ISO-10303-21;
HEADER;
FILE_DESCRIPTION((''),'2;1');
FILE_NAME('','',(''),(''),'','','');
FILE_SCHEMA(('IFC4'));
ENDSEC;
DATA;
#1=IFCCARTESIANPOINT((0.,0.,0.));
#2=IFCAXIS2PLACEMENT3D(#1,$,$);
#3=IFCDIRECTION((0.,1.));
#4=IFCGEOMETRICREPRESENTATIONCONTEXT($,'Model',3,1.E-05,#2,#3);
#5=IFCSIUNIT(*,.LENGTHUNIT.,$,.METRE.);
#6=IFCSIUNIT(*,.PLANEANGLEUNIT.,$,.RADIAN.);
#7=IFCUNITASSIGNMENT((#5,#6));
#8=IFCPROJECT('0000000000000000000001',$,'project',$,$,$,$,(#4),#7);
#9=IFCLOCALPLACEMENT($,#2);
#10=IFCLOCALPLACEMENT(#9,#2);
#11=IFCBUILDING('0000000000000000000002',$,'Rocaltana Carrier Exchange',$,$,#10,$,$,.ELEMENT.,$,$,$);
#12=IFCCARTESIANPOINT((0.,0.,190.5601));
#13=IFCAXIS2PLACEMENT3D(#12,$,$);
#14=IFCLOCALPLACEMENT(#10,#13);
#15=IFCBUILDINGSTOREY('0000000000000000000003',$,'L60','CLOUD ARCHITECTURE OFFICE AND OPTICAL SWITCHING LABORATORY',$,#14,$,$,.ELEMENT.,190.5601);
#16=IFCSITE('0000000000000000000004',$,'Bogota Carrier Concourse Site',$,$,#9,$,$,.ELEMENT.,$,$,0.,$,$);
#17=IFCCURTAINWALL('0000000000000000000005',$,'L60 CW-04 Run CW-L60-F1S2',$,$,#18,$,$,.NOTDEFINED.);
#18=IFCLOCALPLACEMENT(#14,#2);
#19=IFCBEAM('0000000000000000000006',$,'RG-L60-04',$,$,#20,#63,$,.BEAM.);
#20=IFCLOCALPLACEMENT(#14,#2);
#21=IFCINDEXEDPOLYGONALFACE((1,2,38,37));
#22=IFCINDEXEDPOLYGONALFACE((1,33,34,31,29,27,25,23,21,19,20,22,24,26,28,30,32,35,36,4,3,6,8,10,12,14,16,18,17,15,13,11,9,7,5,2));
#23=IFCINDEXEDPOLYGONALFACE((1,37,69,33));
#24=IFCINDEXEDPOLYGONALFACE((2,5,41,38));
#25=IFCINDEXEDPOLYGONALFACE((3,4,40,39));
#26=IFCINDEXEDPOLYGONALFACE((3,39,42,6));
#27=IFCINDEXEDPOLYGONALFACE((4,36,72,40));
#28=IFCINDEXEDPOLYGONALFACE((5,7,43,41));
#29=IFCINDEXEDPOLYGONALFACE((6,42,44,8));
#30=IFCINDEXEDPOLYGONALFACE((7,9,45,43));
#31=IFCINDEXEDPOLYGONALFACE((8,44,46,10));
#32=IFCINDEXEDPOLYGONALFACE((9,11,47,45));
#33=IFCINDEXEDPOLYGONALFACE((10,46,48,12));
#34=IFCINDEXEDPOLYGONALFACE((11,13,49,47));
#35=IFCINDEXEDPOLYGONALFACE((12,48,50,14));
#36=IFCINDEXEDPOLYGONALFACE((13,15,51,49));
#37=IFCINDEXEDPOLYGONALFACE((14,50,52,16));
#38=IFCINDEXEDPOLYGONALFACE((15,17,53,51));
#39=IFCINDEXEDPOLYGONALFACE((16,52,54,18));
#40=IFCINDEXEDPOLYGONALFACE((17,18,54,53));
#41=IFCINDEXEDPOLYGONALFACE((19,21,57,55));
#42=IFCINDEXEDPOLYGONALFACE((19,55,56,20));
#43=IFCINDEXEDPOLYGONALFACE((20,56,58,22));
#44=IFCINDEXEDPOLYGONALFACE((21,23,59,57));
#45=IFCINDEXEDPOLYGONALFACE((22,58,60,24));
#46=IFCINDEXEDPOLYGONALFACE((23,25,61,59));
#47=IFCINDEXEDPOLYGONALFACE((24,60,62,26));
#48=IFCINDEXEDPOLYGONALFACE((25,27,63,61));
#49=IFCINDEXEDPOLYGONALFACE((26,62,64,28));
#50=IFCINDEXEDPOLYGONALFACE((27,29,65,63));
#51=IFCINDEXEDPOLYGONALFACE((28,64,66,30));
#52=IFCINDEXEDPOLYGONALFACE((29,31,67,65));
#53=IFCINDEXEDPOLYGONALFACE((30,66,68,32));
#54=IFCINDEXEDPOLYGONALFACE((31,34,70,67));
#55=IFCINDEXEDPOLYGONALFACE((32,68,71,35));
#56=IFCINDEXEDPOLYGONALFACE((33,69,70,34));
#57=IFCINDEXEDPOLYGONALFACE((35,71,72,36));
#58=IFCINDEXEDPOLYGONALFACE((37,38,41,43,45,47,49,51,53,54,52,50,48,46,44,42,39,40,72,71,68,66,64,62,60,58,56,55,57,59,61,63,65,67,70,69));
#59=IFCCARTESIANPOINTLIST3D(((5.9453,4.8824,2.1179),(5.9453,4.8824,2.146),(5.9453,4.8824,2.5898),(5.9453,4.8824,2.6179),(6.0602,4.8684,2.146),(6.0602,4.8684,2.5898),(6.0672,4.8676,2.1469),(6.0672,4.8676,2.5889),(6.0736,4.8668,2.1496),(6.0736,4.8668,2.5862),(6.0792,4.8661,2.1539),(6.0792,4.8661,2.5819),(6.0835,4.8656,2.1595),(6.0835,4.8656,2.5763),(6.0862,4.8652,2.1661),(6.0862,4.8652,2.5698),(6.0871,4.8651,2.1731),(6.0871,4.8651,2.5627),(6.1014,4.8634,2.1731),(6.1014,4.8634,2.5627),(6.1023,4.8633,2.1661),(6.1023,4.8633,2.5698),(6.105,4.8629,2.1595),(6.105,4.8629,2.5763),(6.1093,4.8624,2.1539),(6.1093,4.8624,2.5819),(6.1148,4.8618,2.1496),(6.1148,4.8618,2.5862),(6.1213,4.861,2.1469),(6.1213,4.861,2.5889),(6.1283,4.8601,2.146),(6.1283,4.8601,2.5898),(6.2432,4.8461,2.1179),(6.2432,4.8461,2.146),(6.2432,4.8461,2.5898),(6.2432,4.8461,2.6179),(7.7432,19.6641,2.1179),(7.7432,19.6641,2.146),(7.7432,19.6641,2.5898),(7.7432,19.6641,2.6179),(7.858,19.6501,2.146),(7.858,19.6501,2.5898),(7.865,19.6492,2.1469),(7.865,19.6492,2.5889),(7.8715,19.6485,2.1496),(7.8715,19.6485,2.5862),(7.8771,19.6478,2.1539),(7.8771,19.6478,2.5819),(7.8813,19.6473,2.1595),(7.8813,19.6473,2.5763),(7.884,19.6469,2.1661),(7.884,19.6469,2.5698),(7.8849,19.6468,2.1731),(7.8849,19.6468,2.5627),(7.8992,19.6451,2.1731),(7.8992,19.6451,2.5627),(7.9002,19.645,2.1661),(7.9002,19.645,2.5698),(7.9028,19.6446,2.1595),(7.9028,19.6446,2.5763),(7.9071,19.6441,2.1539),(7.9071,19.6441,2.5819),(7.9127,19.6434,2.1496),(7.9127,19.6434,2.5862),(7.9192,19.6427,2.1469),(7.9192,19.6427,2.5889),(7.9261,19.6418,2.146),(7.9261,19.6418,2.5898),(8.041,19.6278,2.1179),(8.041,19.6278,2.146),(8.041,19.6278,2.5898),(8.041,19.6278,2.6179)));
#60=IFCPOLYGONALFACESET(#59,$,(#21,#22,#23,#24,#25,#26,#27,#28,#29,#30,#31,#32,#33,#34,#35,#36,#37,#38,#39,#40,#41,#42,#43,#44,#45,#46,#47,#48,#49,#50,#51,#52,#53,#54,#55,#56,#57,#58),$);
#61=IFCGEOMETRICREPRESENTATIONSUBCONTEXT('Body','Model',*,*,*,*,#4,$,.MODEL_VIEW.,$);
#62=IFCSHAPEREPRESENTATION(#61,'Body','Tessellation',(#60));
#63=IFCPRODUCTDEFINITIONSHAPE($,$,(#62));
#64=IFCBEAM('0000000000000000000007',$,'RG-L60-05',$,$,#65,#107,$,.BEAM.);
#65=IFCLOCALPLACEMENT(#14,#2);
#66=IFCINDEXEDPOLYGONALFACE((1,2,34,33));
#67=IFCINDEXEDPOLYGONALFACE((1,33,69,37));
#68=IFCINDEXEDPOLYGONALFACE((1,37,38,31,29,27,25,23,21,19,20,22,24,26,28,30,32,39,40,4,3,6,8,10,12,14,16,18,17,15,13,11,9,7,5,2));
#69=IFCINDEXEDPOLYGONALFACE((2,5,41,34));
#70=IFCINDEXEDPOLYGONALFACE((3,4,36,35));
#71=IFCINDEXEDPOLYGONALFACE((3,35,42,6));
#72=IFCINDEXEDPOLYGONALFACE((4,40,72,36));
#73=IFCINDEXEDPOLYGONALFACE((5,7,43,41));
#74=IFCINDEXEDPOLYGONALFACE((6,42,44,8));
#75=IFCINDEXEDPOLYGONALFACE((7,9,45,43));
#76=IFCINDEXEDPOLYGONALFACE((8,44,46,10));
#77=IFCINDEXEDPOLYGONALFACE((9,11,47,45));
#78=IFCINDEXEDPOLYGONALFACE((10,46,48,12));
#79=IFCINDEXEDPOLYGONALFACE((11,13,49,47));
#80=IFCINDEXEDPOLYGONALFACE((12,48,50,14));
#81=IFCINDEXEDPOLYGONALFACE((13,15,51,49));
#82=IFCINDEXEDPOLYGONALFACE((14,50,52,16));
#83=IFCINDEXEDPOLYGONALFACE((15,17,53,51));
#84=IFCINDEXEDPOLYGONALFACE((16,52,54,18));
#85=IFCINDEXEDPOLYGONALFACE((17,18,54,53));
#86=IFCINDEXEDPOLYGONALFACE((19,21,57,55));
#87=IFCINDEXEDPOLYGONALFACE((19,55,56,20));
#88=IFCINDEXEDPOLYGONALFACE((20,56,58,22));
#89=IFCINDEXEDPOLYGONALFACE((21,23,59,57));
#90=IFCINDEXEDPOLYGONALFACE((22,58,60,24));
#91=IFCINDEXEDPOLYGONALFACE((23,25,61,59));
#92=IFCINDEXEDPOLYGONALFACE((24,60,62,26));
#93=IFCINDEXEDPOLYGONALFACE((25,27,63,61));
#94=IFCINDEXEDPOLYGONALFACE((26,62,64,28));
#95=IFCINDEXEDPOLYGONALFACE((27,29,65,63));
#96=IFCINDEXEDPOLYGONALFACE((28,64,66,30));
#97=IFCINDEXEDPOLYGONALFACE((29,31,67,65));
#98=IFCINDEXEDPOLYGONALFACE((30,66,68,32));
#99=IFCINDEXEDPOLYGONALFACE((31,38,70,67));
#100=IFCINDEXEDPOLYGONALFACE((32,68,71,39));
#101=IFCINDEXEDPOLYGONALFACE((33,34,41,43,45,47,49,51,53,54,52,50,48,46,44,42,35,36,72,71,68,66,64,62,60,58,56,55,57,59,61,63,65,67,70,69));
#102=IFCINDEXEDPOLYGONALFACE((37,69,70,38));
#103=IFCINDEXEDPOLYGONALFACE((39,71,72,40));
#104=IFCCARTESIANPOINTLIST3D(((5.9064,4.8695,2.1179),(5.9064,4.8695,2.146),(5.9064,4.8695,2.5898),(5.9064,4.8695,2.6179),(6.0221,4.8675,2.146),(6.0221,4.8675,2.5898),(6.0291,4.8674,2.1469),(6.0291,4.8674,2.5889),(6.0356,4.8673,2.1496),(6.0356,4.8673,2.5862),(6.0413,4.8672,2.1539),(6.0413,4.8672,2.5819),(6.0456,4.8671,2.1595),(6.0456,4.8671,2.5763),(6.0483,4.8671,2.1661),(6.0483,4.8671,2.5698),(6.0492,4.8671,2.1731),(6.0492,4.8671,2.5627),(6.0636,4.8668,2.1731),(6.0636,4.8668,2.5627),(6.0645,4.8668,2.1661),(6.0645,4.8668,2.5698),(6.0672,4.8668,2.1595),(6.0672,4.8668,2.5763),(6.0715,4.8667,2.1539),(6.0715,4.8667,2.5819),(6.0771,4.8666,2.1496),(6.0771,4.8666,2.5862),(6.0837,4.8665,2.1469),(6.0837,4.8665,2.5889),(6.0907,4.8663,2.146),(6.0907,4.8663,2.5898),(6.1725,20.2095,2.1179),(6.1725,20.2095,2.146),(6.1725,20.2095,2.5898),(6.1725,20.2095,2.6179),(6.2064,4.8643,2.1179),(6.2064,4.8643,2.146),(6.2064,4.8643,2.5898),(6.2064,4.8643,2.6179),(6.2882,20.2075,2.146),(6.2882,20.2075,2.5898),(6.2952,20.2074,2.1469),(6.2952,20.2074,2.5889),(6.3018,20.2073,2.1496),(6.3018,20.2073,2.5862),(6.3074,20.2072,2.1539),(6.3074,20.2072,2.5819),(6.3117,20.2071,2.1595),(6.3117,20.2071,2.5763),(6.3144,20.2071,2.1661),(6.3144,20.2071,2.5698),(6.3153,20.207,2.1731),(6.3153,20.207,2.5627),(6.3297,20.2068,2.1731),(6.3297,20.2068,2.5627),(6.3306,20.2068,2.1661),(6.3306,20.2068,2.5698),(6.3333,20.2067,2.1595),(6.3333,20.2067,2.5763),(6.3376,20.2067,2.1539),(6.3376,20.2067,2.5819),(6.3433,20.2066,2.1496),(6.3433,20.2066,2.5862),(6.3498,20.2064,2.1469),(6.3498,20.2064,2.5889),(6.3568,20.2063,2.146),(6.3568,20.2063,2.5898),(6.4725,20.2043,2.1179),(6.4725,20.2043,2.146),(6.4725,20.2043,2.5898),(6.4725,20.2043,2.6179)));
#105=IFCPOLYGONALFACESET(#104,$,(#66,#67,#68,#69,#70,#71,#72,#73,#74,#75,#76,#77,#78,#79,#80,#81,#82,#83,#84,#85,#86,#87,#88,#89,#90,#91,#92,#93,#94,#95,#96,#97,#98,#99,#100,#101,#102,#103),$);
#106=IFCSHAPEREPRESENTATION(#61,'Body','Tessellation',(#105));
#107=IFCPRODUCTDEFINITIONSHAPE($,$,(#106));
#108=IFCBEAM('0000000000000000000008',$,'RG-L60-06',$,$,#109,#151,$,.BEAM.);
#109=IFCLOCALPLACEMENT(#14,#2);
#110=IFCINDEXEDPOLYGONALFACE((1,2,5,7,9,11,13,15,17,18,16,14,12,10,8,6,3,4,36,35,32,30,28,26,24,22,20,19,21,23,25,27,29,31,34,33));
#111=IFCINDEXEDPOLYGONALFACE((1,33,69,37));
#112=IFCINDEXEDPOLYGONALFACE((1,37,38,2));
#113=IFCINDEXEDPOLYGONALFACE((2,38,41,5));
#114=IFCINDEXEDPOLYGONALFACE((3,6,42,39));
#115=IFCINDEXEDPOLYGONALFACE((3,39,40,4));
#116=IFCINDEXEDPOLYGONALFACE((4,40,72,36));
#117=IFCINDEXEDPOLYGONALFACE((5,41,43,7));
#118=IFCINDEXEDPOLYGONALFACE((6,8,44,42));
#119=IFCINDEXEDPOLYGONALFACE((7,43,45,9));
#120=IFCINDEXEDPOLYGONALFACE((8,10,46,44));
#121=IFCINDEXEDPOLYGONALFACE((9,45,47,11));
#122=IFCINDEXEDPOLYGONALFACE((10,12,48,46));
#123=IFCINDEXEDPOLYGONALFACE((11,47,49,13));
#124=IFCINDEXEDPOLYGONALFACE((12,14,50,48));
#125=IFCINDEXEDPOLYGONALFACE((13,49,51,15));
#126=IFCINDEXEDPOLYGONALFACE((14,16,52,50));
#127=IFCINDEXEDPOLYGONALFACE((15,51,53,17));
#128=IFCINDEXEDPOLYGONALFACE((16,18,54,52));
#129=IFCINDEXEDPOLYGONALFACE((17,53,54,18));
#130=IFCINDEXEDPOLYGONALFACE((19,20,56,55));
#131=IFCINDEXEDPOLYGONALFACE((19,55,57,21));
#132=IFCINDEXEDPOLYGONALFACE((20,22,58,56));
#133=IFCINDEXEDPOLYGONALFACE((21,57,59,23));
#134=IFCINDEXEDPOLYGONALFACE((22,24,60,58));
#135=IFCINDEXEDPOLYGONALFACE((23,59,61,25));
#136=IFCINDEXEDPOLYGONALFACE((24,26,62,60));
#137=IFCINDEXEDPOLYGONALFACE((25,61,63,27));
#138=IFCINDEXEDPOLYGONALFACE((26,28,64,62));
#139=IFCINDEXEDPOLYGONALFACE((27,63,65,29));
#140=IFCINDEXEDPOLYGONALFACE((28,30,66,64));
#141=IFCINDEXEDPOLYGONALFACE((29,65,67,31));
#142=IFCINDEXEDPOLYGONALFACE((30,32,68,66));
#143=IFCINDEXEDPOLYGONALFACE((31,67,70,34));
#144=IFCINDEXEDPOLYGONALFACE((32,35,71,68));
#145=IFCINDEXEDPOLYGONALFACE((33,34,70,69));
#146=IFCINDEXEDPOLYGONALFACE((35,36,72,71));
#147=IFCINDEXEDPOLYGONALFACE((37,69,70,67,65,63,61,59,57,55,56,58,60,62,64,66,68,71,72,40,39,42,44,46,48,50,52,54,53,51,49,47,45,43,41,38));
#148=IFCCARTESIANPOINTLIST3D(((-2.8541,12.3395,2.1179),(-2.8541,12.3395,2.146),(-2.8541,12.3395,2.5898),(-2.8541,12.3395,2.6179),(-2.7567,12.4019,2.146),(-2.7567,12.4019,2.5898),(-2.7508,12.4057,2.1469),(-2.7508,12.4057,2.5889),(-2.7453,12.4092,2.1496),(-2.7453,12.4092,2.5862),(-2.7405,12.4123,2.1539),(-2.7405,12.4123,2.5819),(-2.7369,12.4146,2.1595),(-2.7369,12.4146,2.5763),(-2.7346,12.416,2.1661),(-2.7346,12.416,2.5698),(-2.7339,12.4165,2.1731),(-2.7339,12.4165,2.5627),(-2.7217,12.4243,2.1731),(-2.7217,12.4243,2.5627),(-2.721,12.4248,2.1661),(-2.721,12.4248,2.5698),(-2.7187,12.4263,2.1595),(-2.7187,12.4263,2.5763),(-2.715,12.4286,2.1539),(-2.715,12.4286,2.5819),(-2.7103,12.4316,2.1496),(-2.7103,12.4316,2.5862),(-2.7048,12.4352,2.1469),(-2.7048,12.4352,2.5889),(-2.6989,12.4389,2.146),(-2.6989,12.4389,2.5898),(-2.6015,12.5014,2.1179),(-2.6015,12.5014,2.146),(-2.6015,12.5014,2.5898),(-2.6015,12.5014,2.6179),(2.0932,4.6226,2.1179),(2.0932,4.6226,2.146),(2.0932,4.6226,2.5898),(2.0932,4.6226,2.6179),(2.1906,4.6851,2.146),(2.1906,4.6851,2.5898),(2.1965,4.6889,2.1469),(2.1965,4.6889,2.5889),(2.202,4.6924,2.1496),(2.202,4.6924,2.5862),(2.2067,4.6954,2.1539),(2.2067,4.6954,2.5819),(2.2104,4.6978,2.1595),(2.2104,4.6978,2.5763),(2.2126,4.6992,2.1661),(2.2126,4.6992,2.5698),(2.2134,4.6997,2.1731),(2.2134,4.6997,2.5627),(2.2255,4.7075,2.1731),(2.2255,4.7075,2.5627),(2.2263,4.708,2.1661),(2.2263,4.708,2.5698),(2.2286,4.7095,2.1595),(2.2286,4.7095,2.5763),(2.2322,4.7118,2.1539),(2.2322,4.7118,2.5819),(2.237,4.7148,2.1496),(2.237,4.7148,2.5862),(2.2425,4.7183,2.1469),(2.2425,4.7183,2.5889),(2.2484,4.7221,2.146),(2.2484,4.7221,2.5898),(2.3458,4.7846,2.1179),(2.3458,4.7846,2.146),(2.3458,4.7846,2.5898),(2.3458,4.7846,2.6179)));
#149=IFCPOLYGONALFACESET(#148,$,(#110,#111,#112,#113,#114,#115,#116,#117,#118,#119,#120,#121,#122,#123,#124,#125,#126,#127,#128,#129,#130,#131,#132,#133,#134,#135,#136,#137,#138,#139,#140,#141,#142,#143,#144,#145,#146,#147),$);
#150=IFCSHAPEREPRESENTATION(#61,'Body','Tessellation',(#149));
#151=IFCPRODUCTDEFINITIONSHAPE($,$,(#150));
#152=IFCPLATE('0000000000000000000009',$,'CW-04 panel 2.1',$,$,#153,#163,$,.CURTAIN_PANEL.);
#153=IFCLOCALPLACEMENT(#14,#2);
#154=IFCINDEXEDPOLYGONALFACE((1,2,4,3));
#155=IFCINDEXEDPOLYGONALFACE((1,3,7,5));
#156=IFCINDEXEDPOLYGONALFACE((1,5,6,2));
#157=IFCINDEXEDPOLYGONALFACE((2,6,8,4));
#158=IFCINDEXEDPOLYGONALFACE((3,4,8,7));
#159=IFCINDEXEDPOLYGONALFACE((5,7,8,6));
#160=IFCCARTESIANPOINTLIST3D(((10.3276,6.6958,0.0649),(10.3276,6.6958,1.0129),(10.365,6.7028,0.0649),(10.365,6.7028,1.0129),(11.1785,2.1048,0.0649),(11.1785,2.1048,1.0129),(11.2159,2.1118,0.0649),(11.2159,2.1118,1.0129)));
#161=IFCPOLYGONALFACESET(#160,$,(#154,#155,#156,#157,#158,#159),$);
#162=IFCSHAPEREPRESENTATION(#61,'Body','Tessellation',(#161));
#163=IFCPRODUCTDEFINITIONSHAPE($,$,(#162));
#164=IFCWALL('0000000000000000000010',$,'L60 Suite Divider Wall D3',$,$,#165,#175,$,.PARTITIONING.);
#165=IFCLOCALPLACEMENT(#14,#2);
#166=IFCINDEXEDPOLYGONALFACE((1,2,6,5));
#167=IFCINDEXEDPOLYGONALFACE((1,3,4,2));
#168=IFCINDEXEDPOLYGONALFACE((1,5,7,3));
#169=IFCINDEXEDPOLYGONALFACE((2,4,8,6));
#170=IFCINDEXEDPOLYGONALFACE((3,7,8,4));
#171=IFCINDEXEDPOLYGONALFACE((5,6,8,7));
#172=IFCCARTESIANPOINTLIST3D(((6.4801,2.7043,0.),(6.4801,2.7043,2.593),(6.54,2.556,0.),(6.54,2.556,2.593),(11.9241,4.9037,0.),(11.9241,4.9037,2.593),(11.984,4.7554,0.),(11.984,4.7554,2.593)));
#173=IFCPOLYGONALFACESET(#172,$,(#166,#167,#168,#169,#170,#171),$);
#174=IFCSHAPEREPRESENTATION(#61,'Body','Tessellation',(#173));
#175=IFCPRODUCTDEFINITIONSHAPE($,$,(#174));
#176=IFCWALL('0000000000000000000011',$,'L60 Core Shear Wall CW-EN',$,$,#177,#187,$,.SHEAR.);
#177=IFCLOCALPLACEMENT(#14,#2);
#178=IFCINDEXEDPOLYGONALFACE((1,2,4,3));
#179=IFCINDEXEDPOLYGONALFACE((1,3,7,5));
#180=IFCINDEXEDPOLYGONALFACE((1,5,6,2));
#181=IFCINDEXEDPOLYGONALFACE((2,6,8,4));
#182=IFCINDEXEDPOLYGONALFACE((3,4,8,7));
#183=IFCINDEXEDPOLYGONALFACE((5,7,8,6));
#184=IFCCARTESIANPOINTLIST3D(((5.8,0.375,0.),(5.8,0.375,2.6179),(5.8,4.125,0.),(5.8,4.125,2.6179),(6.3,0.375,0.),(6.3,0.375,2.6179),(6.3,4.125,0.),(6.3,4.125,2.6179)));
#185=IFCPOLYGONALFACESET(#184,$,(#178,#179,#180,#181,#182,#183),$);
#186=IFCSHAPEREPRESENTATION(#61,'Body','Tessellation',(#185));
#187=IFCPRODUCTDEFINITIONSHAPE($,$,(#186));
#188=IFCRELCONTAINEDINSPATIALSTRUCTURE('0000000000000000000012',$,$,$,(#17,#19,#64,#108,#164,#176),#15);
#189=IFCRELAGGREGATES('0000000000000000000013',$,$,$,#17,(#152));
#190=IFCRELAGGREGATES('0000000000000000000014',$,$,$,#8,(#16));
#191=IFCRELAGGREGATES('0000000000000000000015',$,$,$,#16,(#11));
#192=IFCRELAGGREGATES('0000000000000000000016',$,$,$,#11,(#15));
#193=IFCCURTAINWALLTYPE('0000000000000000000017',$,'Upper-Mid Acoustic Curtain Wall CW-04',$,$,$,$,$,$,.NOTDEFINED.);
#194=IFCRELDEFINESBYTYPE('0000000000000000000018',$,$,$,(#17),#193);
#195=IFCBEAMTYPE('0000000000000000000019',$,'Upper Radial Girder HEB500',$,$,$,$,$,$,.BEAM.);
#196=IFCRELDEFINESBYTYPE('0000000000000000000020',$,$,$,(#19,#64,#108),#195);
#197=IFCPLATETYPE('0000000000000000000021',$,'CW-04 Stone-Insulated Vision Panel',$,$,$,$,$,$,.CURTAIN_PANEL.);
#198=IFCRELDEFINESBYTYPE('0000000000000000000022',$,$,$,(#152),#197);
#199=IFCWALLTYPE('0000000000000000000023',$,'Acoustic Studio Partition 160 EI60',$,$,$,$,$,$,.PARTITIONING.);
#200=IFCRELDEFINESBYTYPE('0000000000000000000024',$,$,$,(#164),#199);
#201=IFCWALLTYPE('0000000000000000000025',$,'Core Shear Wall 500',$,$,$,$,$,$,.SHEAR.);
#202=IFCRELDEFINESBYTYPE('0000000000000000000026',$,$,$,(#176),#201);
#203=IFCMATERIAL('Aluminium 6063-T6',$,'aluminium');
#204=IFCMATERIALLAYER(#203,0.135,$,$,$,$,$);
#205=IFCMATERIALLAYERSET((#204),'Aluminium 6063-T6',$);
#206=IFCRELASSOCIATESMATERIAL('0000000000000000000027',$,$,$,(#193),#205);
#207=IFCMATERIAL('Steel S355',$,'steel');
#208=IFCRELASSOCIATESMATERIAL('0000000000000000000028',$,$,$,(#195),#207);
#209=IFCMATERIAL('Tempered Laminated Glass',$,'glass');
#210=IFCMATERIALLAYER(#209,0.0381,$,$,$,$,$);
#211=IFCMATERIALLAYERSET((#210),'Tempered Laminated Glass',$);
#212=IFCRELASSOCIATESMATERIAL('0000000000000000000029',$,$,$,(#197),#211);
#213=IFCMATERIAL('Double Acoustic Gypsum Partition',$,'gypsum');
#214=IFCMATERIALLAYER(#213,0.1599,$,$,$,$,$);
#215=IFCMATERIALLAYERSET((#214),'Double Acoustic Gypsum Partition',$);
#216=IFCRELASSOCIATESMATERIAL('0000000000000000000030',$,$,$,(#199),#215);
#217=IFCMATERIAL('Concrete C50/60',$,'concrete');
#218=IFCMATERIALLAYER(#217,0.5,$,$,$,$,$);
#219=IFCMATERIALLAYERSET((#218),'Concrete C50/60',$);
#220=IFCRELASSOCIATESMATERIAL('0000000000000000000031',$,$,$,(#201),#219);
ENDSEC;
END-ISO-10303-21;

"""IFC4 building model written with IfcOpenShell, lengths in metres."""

from ifc_helpers import new_model, si_unit, direction, frame, frame_2d, origin, origin_2d, place, context, subcontext, project, spatial, rectangle, i_section, extrude, material, layer, layer_set, material_profile, profile_set, type_object, element, aggregate, save


model = new_model("IFC4")

# Units and contexts
model_context = context("Model", 3, precision=1e-05, world=origin(), true_north=direction((0.0, 1.0)))
body_context = subcontext(model_context, "Body", "Model", "MODEL_VIEW")
ifc_project = project(units=[si_unit("LENGTHUNIT", "METRE"), si_unit("PLANEANGLEUNIT", "RADIAN")], contexts=[model_context])

# Site, building, storey
site_placement = place(None, origin())
site = spatial("IfcSite", under=ifc_project, at=site_placement, Name="Bogota Carrier Concourse Site", CompositionType="ELEMENT", RefElevation=0.0)
building_placement = place(site_placement, origin())
building = spatial("IfcBuilding", under=site, at=building_placement, Name="Rocaltana Carrier Exchange", CompositionType="ELEMENT")
storey_placement = place(building_placement, frame((0.0, 0.0, 190.5601)))
storey = spatial("IfcBuildingStorey", under=building, at=storey_placement, Name="L60", Description="CLOUD ARCHITECTURE OFFICE AND OPTICAL SWITCHING LABORATORY", CompositionType="ELEMENT", Elevation=190.5601)

# Curtain wall
ifc_material_1 = material(Name="Aluminium 6063-T6", Category="aluminium")
ifc_layer_1 = layer(ifc_material_1, 0.135)
ifc_layer_set_1 = layer_set([ifc_layer_1], Name="Aluminium 6063-T6")
curtain_wall_type = type_object("IfcCurtainWallType", Name="Upper-Mid Acoustic Curtain Wall CW-04", PredefinedType="NOTDEFINED", material=ifc_layer_set_1)
curtain_wall_placement = place(storey_placement, origin())
curtain_wall = element("IfcCurtainWall", 1, at=curtain_wall_placement, inside=storey, type_object=curtain_wall_type, Name="L60 CW-04 Run CW-L60-F1S2", PredefinedType="NOTDEFINED")

# Beams
ifc_material_2 = material(Name="Steel S355", Category="steel")
ifc_material_profile_1 = material_profile(ifc_material_2, i_section(OverallWidth=0.3, OverallDepth=0.5, WebThickness=0.0144, FlangeThickness=0.0281, FilletRadius=0.0271, at=origin_2d()), Name="HEB500")
ifc_profile_set_1 = profile_set([ifc_material_profile_1], Name="Steel S355")
beam_type_1 = type_object("IfcBeamType", Name="Upper Radial Girder HEB500", PredefinedType="BEAM", material=ifc_profile_set_1)
beam_1_placement = place(storey_placement, frame((6.0942, 4.8643, 2.3679), z_axis=(0.120737, 0.992685, 0.0), x_axis=(-0.992685, 0.120737, 0.0)))
element("IfcBeam", 2, at=beam_1_placement, inside=storey, type_object=beam_type_1, Name="RG-L60-04", PredefinedType="BEAM", context=body_context, shape_type="SweptSolid", body=[
    extrude(i_section(OverallWidth=0.3, OverallDepth=0.5, WebThickness=0.0144, FlangeThickness=0.0281, FilletRadius=0.0271, at=origin_2d()), origin(), (0.0, 0.0, 1.0), 14.8906),
])
beam_2_placement = place(storey_placement, frame((6.0564, 4.8669, 2.3679), z_axis=(0.017345, 0.99985, 0.0), x_axis=(-0.99985, 0.017345, 0.0)))
element("IfcBeam", 3, at=beam_2_placement, inside=storey, type_object=beam_type_1, Name="RG-L60-05", PredefinedType="BEAM", context=body_context, shape_type="SweptSolid", body=[
    extrude(i_section(OverallWidth=0.3, OverallDepth=0.5, WebThickness=0.0144, FlangeThickness=0.0281, FilletRadius=0.0271, at=origin_2d()), origin(), (0.0, 0.0, 1.0), 15.3423),
])
beam_3_placement = place(storey_placement, frame((2.2195, 4.7036, 2.3679), z_axis=(-0.539713, 0.841849, 0.0), x_axis=(-0.841849, -0.539713, 0.0)))
element("IfcBeam", 4, at=beam_3_placement, inside=storey, type_object=beam_type_1, Name="RG-L60-06", PredefinedType="BEAM", context=body_context, shape_type="SweptSolid", body=[
    extrude(i_section(OverallWidth=0.3, OverallDepth=0.5, WebThickness=0.0144, FlangeThickness=0.0281, FilletRadius=0.0271, at=origin_2d()), origin(), (0.0, 0.0, 1.0), 9.1665),
])

# Plate
ifc_material_3 = material(Name="Tempered Laminated Glass", Category="glass")
ifc_layer_2 = layer(ifc_material_3, 0.0381)
ifc_layer_set_2 = layer_set([ifc_layer_2], Name="Tempered Laminated Glass")
plate_type = type_object("IfcPlateType", Name="CW-04 Stone-Insulated Vision Panel", PredefinedType="CURTAIN_PANEL", material=ifc_layer_set_2)
plate_placement = place(storey_placement, frame((10.7717, 4.4038, 0.0649), z_axis=(0.0, 0.0, 1.0), x_axis=(-0.182236, 0.983255, 0.0)))
plate = element("IfcPlate", 5, at=plate_placement, type_object=plate_type, Name="CW-04 panel 2.1", PredefinedType="CURTAIN_PANEL", context=body_context, shape_type="SweptSolid", body=[
    extrude(rectangle(XDim=4.6692, YDim=0.0381, at=origin_2d()), origin(), (0.0, 0.0, 1.0), 0.948),
])
aggregate(curtain_wall, [plate])

# Walls
ifc_material_4 = material(Name="Double Acoustic Gypsum Partition", Category="gypsum")
ifc_layer_3 = layer(ifc_material_4, 0.1599)
ifc_layer_set_3 = layer_set([ifc_layer_3], Name="Double Acoustic Gypsum Partition")
wall_type_1 = type_object("IfcWallType", Name="Acoustic Studio Partition 160 EI60", PredefinedType="PARTITIONING", material=ifc_layer_set_3)
wall_1_placement = place(storey_placement, frame((6.51, 2.6301, 0.0), z_axis=(0.0, 0.0, 1.0), x_axis=(0.927189, 0.374593, 0.0)))
element("IfcWall", 6, at=wall_1_placement, inside=storey, type_object=wall_type_1, Name="L60 Suite Divider Wall D3", PredefinedType="PARTITIONING", context=body_context, shape_type="SweptSolid", body=[
    extrude(rectangle(XDim=5.8716, YDim=0.1599, at=frame_2d((2.9358, 0.0))), origin(), (0.0, 0.0, 1.0), 2.593),
])
ifc_material_5 = material(Name="Concrete C50/60", Category="concrete")
ifc_layer_4 = layer(ifc_material_5, 0.5)
ifc_layer_set_4 = layer_set([ifc_layer_4], Name="Concrete C50/60")
wall_type_2 = type_object("IfcWallType", Name="Core Shear Wall 500", PredefinedType="SHEAR", material=ifc_layer_set_4)
wall_2_placement = place(storey_placement, frame((6.05, 0.375, 0.0), z_axis=(0.0, 0.0, 1.0), x_axis=(0.0, 1.0, 0.0)))
element("IfcWall", 7, at=wall_2_placement, inside=storey, type_object=wall_type_2, Name="L60 Core Shear Wall CW-EN", PredefinedType="SHEAR", context=body_context, shape_type="SweptSolid", body=[
    extrude(rectangle(XDim=3.75, YDim=0.5, at=frame_2d((1.875, 0.0))), origin(), (0.0, 0.0, 1.0), 2.6179),
])

save(model, "model.ifc")
